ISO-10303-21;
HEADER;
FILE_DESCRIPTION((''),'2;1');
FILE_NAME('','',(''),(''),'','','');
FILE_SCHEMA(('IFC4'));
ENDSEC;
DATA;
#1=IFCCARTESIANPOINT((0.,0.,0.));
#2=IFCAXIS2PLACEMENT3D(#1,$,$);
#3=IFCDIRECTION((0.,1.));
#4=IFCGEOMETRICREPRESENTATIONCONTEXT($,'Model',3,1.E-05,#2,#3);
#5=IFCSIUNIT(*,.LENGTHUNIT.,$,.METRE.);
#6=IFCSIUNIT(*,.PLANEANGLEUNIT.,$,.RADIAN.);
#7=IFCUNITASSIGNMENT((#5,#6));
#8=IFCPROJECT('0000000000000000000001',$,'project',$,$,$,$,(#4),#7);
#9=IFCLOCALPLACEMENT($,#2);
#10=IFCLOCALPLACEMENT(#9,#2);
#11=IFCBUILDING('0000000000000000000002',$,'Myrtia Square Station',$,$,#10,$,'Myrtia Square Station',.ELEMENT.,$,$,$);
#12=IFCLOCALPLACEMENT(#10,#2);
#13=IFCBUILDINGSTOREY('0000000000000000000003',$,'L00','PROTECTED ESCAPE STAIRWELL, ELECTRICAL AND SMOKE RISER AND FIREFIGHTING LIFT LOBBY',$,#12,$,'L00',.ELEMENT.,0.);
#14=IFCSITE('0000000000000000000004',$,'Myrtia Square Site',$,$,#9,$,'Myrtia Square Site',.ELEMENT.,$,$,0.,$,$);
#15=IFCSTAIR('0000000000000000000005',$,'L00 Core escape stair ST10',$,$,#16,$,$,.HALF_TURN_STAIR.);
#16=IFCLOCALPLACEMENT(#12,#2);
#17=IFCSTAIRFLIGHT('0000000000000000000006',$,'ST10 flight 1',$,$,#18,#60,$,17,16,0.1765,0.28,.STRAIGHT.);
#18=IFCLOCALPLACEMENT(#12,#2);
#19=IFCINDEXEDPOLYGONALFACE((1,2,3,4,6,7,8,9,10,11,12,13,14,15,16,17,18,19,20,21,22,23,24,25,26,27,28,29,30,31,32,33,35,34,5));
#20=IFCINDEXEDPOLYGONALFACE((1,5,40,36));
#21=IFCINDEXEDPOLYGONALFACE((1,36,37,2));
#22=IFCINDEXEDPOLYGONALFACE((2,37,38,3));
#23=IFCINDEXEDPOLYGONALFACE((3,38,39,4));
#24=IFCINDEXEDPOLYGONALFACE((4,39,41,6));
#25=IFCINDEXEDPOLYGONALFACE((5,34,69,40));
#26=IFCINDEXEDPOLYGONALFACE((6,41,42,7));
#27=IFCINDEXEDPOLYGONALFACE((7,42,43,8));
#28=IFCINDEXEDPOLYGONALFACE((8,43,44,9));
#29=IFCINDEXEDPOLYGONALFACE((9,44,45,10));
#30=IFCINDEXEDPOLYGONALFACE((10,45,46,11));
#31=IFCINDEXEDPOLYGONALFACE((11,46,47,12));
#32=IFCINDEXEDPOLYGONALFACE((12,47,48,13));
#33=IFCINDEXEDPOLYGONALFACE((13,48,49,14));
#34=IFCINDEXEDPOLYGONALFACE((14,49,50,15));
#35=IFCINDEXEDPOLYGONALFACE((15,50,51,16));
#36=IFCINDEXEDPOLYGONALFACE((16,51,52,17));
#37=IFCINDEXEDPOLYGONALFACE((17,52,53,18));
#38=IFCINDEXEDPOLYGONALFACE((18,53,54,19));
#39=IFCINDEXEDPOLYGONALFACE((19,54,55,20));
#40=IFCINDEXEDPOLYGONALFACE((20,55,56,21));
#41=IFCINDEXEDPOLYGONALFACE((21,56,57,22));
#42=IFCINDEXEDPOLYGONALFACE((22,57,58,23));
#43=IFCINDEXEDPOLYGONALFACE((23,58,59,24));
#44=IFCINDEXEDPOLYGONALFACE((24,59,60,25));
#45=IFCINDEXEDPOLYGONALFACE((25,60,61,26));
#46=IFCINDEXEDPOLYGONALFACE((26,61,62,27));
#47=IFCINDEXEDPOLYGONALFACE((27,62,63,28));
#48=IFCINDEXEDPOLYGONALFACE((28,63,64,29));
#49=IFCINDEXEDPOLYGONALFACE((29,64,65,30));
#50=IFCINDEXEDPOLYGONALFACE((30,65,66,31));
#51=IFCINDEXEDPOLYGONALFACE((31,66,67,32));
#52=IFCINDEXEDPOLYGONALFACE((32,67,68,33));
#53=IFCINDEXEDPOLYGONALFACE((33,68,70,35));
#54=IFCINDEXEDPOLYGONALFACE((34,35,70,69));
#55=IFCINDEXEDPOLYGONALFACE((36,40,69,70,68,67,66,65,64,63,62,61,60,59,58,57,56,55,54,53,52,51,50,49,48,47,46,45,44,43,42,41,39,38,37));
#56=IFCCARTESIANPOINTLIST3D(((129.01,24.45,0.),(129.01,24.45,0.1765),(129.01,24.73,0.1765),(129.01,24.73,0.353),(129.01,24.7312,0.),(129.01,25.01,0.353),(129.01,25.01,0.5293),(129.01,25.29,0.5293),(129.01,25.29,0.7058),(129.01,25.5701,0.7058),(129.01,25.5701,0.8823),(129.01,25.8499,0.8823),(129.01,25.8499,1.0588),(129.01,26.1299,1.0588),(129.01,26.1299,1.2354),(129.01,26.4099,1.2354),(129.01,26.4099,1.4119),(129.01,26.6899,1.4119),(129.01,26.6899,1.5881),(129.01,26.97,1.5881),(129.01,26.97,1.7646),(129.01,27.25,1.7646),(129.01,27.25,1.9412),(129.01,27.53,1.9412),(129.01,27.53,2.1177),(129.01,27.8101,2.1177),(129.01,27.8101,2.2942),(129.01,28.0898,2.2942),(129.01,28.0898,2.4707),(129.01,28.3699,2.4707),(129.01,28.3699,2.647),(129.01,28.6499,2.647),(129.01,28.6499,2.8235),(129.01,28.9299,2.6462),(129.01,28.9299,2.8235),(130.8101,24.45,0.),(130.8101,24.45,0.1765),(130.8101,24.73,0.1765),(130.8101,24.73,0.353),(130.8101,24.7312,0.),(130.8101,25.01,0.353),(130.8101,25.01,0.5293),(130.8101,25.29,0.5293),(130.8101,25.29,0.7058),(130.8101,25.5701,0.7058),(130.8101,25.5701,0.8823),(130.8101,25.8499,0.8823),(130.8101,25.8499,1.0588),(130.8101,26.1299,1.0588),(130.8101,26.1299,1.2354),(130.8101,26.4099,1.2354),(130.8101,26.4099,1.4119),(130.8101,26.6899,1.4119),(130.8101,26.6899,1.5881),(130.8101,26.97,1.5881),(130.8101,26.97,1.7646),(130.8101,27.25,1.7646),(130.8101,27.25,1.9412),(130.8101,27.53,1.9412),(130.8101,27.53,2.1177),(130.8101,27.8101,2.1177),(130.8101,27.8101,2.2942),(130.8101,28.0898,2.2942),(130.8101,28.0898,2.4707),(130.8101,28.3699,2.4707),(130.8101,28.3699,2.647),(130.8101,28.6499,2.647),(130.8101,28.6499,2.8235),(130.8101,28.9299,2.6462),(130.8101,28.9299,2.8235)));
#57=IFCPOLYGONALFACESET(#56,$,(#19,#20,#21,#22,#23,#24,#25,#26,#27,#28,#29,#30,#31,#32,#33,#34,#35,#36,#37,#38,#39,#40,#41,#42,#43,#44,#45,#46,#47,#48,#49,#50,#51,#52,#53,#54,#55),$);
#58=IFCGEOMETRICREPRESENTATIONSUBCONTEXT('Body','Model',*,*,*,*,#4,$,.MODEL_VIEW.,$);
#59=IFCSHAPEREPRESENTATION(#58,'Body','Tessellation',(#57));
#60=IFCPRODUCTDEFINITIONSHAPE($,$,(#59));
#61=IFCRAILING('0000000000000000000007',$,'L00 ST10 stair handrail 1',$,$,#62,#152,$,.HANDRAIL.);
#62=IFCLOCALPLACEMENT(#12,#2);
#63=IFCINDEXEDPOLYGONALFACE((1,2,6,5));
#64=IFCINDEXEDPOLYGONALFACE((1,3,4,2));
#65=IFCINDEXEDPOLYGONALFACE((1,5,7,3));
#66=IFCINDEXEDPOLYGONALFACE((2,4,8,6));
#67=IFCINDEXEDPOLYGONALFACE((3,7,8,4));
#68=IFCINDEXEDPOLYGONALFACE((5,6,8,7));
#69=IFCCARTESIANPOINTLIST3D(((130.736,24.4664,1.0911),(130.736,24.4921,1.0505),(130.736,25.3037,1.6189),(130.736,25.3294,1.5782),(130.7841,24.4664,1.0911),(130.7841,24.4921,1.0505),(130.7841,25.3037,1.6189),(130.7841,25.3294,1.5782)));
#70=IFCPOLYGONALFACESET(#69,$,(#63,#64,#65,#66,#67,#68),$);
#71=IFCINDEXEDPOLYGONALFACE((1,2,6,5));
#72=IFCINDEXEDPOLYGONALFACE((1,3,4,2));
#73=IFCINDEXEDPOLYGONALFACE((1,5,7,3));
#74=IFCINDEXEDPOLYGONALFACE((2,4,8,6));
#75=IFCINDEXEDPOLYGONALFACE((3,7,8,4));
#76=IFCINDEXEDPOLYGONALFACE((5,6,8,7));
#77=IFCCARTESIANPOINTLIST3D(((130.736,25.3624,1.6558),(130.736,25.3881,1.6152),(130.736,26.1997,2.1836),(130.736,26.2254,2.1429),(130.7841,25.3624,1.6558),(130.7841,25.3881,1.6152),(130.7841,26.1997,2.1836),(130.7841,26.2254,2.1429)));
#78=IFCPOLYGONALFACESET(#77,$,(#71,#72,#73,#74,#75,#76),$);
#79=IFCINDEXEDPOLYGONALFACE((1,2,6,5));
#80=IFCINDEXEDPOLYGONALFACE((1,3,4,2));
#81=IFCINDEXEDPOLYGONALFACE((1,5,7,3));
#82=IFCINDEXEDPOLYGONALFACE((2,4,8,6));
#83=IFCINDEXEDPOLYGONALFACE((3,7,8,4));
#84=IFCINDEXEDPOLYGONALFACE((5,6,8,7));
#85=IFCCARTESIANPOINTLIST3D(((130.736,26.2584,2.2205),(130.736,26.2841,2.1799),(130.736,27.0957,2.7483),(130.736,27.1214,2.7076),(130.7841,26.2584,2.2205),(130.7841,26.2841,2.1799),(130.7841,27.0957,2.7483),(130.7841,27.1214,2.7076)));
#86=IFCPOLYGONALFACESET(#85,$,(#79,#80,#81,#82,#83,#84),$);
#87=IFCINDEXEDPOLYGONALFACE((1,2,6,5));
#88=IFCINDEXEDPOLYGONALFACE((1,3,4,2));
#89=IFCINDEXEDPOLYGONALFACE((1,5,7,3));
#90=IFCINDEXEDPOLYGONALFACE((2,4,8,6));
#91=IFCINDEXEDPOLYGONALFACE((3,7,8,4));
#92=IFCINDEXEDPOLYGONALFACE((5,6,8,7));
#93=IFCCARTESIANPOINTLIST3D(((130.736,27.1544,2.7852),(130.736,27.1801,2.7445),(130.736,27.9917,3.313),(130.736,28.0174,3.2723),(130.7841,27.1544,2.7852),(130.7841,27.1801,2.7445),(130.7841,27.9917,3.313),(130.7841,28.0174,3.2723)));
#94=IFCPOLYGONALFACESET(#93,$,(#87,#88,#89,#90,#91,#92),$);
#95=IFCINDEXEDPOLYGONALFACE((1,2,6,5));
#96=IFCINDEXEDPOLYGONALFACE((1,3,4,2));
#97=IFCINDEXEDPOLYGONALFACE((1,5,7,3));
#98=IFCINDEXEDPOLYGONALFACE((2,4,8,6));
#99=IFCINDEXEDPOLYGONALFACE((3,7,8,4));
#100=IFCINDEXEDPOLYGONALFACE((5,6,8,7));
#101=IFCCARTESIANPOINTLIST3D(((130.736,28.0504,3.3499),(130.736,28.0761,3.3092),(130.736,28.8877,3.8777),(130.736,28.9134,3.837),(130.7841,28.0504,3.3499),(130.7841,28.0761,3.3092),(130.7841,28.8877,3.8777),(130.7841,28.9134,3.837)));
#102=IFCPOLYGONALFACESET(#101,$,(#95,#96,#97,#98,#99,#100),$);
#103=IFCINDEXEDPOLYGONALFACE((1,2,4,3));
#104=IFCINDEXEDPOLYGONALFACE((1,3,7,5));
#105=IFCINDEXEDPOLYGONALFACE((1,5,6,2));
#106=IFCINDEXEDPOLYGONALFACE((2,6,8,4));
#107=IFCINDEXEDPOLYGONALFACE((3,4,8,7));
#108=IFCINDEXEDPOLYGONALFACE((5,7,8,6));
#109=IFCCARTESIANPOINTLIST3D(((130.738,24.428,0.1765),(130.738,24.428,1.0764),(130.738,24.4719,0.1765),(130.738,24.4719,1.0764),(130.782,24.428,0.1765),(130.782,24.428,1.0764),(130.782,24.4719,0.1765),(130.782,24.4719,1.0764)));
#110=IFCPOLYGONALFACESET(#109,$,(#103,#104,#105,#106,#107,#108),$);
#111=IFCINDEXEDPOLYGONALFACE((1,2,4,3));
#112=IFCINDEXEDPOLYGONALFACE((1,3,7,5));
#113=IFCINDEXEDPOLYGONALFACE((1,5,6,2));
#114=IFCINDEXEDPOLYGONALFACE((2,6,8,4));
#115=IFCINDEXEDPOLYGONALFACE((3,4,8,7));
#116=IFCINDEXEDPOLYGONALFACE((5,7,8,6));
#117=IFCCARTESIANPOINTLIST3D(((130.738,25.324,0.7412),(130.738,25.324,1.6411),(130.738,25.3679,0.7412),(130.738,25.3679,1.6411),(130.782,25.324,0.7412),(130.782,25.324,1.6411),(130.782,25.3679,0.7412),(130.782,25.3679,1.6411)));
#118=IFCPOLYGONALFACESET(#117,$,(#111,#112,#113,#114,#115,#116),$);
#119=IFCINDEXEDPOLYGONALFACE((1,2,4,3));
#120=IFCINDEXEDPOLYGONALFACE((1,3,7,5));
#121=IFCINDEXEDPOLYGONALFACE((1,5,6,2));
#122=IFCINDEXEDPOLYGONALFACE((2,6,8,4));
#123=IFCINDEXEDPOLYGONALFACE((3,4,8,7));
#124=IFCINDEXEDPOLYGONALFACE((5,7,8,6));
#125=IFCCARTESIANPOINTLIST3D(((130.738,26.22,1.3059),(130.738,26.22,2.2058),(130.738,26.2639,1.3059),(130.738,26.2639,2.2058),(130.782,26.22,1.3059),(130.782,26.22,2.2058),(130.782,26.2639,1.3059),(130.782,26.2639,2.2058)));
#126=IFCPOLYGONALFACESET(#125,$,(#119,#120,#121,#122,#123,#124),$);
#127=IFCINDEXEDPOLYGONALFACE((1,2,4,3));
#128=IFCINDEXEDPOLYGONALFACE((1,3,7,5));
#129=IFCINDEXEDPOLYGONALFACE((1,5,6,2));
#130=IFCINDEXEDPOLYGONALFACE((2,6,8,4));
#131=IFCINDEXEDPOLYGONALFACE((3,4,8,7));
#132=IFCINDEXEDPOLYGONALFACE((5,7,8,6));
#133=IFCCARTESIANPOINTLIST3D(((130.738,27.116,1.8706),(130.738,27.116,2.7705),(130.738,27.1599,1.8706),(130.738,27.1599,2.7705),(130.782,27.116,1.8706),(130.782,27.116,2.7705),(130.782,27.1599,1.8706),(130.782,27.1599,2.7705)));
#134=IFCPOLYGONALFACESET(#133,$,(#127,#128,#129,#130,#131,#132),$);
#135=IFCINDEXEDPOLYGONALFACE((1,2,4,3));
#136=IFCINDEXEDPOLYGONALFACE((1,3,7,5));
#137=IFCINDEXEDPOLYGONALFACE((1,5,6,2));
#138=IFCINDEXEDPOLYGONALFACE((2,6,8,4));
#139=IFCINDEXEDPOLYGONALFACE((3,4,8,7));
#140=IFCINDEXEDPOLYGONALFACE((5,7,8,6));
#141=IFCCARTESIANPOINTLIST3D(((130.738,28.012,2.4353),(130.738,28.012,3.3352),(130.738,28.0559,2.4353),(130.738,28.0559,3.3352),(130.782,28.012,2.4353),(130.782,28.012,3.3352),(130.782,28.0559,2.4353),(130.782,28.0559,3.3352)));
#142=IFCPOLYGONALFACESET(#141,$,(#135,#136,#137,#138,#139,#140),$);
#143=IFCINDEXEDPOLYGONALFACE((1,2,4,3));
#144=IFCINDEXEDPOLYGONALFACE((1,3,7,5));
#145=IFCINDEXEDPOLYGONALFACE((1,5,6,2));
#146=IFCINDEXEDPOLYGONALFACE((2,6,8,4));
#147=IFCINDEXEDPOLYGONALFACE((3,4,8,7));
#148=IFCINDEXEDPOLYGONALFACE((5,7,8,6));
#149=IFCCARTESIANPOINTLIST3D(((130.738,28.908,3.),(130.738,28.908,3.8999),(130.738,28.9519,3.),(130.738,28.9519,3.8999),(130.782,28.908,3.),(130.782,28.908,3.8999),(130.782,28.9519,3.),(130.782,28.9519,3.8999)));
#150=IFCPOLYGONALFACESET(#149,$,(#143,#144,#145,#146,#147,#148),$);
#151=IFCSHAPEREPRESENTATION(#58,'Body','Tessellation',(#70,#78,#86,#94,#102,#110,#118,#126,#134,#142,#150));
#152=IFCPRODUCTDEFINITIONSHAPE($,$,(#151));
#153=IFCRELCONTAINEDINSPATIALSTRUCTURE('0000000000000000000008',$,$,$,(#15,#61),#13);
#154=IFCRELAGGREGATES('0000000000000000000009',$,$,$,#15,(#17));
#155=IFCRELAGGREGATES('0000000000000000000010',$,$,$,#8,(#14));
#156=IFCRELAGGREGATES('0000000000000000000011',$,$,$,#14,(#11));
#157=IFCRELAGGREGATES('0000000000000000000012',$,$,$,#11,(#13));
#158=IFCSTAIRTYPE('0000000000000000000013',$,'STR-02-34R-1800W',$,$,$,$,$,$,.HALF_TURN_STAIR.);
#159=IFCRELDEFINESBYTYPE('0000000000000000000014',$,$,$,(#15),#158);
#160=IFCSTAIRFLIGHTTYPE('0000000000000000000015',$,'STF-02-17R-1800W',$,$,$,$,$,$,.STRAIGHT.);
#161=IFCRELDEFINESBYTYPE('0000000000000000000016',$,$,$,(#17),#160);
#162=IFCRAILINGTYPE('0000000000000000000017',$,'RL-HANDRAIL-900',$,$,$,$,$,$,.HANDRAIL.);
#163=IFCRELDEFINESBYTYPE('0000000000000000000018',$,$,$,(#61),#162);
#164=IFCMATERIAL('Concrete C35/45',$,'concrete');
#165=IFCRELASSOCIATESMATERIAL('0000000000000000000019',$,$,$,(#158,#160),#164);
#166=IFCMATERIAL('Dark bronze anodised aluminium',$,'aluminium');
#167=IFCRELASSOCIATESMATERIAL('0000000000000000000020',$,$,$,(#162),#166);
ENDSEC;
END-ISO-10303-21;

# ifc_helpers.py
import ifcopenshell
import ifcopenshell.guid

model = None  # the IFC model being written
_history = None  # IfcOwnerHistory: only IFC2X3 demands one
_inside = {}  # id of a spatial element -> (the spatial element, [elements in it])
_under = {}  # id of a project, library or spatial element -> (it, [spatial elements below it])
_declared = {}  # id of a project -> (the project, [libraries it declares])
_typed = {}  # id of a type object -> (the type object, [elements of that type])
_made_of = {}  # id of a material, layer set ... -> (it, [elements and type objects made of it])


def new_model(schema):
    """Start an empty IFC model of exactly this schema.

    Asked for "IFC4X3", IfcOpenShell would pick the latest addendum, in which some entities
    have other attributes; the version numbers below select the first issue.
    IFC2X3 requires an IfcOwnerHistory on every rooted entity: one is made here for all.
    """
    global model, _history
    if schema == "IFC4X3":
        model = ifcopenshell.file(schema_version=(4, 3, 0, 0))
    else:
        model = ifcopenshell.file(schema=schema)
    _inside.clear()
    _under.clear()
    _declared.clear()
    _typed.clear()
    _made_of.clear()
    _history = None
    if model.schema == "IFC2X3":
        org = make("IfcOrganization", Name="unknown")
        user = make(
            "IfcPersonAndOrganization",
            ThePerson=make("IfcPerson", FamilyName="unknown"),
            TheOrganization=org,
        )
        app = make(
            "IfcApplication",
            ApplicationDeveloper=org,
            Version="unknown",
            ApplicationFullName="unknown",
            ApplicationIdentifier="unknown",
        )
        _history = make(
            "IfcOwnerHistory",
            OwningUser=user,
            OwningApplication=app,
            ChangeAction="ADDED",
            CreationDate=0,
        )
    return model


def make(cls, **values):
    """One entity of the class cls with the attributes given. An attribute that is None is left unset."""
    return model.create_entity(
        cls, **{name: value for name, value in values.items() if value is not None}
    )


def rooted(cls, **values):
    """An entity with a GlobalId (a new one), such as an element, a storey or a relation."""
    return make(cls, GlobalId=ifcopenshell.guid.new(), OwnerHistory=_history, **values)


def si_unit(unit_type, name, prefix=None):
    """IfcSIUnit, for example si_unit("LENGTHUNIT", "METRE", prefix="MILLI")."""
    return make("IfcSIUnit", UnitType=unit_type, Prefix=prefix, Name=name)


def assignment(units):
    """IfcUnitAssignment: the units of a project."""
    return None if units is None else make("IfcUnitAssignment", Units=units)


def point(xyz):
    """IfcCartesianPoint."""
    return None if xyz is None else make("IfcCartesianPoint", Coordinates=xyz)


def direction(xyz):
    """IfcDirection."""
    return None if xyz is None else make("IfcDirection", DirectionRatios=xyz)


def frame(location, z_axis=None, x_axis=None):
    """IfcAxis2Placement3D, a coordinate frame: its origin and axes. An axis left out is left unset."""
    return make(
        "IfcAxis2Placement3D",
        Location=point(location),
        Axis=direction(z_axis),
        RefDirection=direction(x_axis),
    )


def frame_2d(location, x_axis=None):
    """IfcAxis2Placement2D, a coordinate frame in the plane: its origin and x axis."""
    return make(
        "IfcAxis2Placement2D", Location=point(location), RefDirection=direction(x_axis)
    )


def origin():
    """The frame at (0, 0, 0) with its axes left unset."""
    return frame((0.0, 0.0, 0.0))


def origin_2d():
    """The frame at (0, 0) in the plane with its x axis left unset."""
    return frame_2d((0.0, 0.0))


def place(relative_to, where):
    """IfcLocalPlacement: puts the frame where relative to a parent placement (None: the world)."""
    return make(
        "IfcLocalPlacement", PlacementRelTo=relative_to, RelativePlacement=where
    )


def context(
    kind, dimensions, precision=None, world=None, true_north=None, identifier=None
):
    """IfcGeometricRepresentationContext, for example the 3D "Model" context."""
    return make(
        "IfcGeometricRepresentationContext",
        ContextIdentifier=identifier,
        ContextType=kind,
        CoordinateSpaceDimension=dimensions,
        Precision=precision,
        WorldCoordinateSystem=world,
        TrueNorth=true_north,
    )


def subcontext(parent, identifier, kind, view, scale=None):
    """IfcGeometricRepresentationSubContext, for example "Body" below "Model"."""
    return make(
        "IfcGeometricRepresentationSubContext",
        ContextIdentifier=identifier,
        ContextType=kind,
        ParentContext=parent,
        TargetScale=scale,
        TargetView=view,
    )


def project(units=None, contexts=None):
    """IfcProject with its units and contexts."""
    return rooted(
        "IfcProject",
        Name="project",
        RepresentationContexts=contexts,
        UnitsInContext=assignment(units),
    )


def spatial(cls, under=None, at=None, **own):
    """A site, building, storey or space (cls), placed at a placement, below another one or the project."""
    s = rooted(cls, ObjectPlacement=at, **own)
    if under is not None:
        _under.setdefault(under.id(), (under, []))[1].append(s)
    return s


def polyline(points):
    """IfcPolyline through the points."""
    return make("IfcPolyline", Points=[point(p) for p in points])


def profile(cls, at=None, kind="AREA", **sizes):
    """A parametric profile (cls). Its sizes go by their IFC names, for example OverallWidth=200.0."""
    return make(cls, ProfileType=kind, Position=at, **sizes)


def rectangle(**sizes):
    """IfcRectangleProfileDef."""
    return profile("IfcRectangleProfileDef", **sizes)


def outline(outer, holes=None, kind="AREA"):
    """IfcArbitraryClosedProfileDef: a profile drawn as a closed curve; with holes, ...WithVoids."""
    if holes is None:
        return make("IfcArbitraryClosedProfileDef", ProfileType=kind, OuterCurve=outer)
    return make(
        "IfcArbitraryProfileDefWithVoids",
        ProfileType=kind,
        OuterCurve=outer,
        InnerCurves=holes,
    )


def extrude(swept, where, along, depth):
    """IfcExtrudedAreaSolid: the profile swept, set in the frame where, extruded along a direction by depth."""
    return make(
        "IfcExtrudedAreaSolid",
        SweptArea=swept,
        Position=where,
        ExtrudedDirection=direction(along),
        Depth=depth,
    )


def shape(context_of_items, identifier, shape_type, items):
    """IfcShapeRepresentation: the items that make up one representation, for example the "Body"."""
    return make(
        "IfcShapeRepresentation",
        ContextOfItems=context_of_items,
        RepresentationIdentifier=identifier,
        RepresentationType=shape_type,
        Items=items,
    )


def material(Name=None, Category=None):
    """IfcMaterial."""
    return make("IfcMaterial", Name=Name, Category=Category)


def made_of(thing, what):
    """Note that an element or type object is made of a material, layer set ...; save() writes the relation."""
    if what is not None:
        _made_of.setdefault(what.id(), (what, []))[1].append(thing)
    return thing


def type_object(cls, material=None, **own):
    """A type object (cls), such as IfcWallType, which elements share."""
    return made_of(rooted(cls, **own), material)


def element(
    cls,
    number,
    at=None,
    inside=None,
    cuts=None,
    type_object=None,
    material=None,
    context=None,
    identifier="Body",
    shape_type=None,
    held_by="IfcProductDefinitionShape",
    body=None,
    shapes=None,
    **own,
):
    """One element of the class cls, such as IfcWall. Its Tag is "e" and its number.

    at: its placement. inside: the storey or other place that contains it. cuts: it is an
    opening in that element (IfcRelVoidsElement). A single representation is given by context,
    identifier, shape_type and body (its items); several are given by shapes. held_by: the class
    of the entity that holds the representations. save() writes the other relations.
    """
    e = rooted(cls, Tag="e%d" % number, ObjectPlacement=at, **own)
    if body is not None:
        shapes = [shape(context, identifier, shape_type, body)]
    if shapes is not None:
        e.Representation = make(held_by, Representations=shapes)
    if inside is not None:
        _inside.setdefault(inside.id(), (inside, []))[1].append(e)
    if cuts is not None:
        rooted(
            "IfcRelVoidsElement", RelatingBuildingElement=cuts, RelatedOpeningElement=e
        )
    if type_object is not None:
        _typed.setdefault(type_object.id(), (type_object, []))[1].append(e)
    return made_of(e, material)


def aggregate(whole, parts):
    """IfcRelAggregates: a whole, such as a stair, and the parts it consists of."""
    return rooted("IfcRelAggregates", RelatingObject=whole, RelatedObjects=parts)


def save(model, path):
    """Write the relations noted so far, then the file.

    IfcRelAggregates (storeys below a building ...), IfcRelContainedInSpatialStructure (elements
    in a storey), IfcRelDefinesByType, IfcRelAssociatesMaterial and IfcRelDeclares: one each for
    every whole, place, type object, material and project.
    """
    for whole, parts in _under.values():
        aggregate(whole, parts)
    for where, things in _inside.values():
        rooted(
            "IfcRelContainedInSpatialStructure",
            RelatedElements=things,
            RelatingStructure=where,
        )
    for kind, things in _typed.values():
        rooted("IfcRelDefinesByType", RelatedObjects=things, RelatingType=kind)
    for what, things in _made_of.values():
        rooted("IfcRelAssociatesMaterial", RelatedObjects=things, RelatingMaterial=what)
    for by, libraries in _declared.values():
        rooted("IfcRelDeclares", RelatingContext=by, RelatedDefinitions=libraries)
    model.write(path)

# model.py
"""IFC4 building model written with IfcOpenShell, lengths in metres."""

from ifc_helpers import new_model, si_unit, direction, frame, origin, origin_2d, place, context, subcontext, project, spatial, polyline, rectangle, outline, extrude, material, type_object, element, aggregate, save


model = new_model("IFC4")

# Units and contexts
model_context = context("Model", 3, precision=1e-05, world=origin(), true_north=direction((0.0, 1.0)))
body_context = subcontext(model_context, "Body", "Model", "MODEL_VIEW")
ifc_project = project(units=[si_unit("LENGTHUNIT", "METRE"), si_unit("PLANEANGLEUNIT", "RADIAN")], contexts=[model_context])

# Site, building, storey
site_placement = place(None, origin())
site = spatial("IfcSite", under=ifc_project, at=site_placement, Name="Myrtia Square Site", LongName="Myrtia Square Site", CompositionType="ELEMENT", RefElevation=0.0)
building_placement = place(site_placement, origin())
building = spatial("IfcBuilding", under=site, at=building_placement, Name="Myrtia Square Station", LongName="Myrtia Square Station", CompositionType="ELEMENT")
storey_placement = place(building_placement, origin())
storey = spatial("IfcBuildingStorey", under=building, at=storey_placement, Name="L00", Description="PROTECTED ESCAPE STAIRWELL, ELECTRICAL AND SMOKE RISER AND FIREFIGHTING LIFT LOBBY", LongName="L00", CompositionType="ELEMENT", Elevation=0.0)

# Shared definitions
ifc_material_1 = material(Name="Concrete C35/45", Category="concrete")

# Shared definitions
ifc_material_2 = material(Name="Dark bronze anodised aluminium", Category="aluminium")

# Stair, stair flight
stair_type = type_object("IfcStairType", Name="STR-02-34R-1800W", PredefinedType="HALF_TURN_STAIR", material=ifc_material_1)
stair_placement = place(storey_placement, origin())
stair = element("IfcStair", 1, at=stair_placement, inside=storey, type_object=stair_type, Name="L00 Core escape stair ST10", PredefinedType="HALF_TURN_STAIR")
stair_flight_type = type_object("IfcStairFlightType", Name="STF-02-17R-1800W", PredefinedType="STRAIGHT", material=ifc_material_1)
stair_flight_placement = place(storey_placement, frame((129.9099, 24.45, 0.0), z_axis=(0.0, 0.0, 1.0), x_axis=(0.0, 1.0, 0.0)))
stair_flight = element("IfcStairFlight", 2, at=stair_flight_placement, type_object=stair_flight_type, Name="ST10 flight 1", NumberOfRisers=17, NumberOfTreads=16, PredefinedType="STRAIGHT", RiserHeight=0.1765, TreadLength=0.28, context=body_context, shape_type="SweptSolid", body=[
    extrude(outline(polyline([(0.0, 0.0), (0.0, 0.1765), (0.28, 0.1765), (0.28, 0.353), (0.5601, 0.353), (0.5601, 0.5293), (0.8401, 0.5293), (0.8401, 0.7058), (1.1201, 0.7058), (1.1201, 0.8823), (1.3999, 0.8823), (1.3999, 1.0588), (1.6799, 1.0588), (1.6799, 1.2354), (1.96, 1.2354), (1.96, 1.4119), (2.24, 1.4119), (2.24, 1.5881), (2.52, 1.5881), (2.52, 1.7646), (2.8, 1.7646), (2.8, 1.9412), (3.0801, 1.9412), (3.0801, 2.1177), (3.3601, 2.1177), (3.3601, 2.2942), (3.6399, 2.2942), (3.6399, 2.4707), (3.9199, 2.4707), (3.9199, 2.647), (4.2, 2.647), (4.2, 2.8235), (4.48, 2.8235), (4.48, 3.0), (4.48, 2.6462), (0.2812, 0.0), (0.0, 0.0)])), frame((0.0, 0.8999, 0.0), z_axis=(0.0, -1.0, 0.0), x_axis=(1.0, 0.0, 0.0)), (0.0, 0.0, 1.0), 1.8),
])
aggregate(stair, [stair_flight])

# Railing
railing_type_1 = type_object("IfcRailingType", Name="RL-HANDRAIL-900", PredefinedType="HANDRAIL", material=ifc_material_2)
railing_1_placement = place(storey_placement, frame((130.76, 24.45, 0.1765)))
element("IfcRailing", 3, at=railing_1_placement, inside=storey, type_object=railing_type_1, Name="L00 ST10 stair handrail 1", PredefinedType="HANDRAIL", context=body_context, shape_type="SweptSolid", body=[
    extrude(rectangle(XDim=0.0481, YDim=0.0481, at=origin_2d()), frame((0.0, 0.0293, 0.8943), z_axis=(0.0, 0.845998, 0.533186), x_axis=(-1.0, 0.0, 0.0)), (0.0, 0.0, 1.0), 0.9897),
    extrude(rectangle(XDim=0.0481, YDim=0.0481, at=origin_2d()), frame((0.0, 0.9253, 1.459), z_axis=(0.0, 0.845998, 0.533186), x_axis=(-1.0, 0.0, 0.0)), (0.0, 0.0, 1.0), 0.9897),
    extrude(rectangle(XDim=0.0481, YDim=0.0481, at=origin_2d()), frame((0.0, 1.8213, 2.0237), z_axis=(0.0, 0.845998, 0.533186), x_axis=(-1.0, 0.0, 0.0)), (0.0, 0.0, 1.0), 0.9897),
    extrude(rectangle(XDim=0.0481, YDim=0.0481, at=origin_2d()), frame((0.0, 2.7173, 2.5884), z_axis=(0.0, 0.845998, 0.533186), x_axis=(-1.0, 0.0, 0.0)), (0.0, 0.0, 1.0), 0.9897),
    extrude(rectangle(XDim=0.0481, YDim=0.0481, at=origin_2d()), frame((0.0, 3.6133, 3.1531), z_axis=(0.0, 0.845998, 0.533186), x_axis=(-1.0, 0.0, 0.0)), (0.0, 0.0, 1.0), 0.9897),
    extrude(rectangle(XDim=0.0439, YDim=0.0439, at=origin_2d()), origin(), (0.0, 0.0, 1.0), 0.8999),
    extrude(rectangle(XDim=0.0439, YDim=0.0439, at=origin_2d()), frame((0.0, 0.896, 0.5647)), (0.0, 0.0, 1.0), 0.8999),
    extrude(rectangle(XDim=0.0439, YDim=0.0439, at=origin_2d()), frame((0.0, 1.792, 1.1294)), (0.0, 0.0, 1.0), 0.8999),
    extrude(rectangle(XDim=0.0439, YDim=0.0439, at=origin_2d()), frame((0.0, 2.688, 1.6941)), (0.0, 0.0, 1.0), 0.8999),
    extrude(rectangle(XDim=0.0439, YDim=0.0439, at=origin_2d()), frame((0.0, 3.584, 2.2588)), (0.0, 0.0, 1.0), 0.8999),
    extrude(rectangle(XDim=0.0439, YDim=0.0439, at=origin_2d()), frame((0.0, 4.48, 2.8235)), (0.0, 0.0, 1.0), 0.8999),
])

save(model, "model.ifc")
